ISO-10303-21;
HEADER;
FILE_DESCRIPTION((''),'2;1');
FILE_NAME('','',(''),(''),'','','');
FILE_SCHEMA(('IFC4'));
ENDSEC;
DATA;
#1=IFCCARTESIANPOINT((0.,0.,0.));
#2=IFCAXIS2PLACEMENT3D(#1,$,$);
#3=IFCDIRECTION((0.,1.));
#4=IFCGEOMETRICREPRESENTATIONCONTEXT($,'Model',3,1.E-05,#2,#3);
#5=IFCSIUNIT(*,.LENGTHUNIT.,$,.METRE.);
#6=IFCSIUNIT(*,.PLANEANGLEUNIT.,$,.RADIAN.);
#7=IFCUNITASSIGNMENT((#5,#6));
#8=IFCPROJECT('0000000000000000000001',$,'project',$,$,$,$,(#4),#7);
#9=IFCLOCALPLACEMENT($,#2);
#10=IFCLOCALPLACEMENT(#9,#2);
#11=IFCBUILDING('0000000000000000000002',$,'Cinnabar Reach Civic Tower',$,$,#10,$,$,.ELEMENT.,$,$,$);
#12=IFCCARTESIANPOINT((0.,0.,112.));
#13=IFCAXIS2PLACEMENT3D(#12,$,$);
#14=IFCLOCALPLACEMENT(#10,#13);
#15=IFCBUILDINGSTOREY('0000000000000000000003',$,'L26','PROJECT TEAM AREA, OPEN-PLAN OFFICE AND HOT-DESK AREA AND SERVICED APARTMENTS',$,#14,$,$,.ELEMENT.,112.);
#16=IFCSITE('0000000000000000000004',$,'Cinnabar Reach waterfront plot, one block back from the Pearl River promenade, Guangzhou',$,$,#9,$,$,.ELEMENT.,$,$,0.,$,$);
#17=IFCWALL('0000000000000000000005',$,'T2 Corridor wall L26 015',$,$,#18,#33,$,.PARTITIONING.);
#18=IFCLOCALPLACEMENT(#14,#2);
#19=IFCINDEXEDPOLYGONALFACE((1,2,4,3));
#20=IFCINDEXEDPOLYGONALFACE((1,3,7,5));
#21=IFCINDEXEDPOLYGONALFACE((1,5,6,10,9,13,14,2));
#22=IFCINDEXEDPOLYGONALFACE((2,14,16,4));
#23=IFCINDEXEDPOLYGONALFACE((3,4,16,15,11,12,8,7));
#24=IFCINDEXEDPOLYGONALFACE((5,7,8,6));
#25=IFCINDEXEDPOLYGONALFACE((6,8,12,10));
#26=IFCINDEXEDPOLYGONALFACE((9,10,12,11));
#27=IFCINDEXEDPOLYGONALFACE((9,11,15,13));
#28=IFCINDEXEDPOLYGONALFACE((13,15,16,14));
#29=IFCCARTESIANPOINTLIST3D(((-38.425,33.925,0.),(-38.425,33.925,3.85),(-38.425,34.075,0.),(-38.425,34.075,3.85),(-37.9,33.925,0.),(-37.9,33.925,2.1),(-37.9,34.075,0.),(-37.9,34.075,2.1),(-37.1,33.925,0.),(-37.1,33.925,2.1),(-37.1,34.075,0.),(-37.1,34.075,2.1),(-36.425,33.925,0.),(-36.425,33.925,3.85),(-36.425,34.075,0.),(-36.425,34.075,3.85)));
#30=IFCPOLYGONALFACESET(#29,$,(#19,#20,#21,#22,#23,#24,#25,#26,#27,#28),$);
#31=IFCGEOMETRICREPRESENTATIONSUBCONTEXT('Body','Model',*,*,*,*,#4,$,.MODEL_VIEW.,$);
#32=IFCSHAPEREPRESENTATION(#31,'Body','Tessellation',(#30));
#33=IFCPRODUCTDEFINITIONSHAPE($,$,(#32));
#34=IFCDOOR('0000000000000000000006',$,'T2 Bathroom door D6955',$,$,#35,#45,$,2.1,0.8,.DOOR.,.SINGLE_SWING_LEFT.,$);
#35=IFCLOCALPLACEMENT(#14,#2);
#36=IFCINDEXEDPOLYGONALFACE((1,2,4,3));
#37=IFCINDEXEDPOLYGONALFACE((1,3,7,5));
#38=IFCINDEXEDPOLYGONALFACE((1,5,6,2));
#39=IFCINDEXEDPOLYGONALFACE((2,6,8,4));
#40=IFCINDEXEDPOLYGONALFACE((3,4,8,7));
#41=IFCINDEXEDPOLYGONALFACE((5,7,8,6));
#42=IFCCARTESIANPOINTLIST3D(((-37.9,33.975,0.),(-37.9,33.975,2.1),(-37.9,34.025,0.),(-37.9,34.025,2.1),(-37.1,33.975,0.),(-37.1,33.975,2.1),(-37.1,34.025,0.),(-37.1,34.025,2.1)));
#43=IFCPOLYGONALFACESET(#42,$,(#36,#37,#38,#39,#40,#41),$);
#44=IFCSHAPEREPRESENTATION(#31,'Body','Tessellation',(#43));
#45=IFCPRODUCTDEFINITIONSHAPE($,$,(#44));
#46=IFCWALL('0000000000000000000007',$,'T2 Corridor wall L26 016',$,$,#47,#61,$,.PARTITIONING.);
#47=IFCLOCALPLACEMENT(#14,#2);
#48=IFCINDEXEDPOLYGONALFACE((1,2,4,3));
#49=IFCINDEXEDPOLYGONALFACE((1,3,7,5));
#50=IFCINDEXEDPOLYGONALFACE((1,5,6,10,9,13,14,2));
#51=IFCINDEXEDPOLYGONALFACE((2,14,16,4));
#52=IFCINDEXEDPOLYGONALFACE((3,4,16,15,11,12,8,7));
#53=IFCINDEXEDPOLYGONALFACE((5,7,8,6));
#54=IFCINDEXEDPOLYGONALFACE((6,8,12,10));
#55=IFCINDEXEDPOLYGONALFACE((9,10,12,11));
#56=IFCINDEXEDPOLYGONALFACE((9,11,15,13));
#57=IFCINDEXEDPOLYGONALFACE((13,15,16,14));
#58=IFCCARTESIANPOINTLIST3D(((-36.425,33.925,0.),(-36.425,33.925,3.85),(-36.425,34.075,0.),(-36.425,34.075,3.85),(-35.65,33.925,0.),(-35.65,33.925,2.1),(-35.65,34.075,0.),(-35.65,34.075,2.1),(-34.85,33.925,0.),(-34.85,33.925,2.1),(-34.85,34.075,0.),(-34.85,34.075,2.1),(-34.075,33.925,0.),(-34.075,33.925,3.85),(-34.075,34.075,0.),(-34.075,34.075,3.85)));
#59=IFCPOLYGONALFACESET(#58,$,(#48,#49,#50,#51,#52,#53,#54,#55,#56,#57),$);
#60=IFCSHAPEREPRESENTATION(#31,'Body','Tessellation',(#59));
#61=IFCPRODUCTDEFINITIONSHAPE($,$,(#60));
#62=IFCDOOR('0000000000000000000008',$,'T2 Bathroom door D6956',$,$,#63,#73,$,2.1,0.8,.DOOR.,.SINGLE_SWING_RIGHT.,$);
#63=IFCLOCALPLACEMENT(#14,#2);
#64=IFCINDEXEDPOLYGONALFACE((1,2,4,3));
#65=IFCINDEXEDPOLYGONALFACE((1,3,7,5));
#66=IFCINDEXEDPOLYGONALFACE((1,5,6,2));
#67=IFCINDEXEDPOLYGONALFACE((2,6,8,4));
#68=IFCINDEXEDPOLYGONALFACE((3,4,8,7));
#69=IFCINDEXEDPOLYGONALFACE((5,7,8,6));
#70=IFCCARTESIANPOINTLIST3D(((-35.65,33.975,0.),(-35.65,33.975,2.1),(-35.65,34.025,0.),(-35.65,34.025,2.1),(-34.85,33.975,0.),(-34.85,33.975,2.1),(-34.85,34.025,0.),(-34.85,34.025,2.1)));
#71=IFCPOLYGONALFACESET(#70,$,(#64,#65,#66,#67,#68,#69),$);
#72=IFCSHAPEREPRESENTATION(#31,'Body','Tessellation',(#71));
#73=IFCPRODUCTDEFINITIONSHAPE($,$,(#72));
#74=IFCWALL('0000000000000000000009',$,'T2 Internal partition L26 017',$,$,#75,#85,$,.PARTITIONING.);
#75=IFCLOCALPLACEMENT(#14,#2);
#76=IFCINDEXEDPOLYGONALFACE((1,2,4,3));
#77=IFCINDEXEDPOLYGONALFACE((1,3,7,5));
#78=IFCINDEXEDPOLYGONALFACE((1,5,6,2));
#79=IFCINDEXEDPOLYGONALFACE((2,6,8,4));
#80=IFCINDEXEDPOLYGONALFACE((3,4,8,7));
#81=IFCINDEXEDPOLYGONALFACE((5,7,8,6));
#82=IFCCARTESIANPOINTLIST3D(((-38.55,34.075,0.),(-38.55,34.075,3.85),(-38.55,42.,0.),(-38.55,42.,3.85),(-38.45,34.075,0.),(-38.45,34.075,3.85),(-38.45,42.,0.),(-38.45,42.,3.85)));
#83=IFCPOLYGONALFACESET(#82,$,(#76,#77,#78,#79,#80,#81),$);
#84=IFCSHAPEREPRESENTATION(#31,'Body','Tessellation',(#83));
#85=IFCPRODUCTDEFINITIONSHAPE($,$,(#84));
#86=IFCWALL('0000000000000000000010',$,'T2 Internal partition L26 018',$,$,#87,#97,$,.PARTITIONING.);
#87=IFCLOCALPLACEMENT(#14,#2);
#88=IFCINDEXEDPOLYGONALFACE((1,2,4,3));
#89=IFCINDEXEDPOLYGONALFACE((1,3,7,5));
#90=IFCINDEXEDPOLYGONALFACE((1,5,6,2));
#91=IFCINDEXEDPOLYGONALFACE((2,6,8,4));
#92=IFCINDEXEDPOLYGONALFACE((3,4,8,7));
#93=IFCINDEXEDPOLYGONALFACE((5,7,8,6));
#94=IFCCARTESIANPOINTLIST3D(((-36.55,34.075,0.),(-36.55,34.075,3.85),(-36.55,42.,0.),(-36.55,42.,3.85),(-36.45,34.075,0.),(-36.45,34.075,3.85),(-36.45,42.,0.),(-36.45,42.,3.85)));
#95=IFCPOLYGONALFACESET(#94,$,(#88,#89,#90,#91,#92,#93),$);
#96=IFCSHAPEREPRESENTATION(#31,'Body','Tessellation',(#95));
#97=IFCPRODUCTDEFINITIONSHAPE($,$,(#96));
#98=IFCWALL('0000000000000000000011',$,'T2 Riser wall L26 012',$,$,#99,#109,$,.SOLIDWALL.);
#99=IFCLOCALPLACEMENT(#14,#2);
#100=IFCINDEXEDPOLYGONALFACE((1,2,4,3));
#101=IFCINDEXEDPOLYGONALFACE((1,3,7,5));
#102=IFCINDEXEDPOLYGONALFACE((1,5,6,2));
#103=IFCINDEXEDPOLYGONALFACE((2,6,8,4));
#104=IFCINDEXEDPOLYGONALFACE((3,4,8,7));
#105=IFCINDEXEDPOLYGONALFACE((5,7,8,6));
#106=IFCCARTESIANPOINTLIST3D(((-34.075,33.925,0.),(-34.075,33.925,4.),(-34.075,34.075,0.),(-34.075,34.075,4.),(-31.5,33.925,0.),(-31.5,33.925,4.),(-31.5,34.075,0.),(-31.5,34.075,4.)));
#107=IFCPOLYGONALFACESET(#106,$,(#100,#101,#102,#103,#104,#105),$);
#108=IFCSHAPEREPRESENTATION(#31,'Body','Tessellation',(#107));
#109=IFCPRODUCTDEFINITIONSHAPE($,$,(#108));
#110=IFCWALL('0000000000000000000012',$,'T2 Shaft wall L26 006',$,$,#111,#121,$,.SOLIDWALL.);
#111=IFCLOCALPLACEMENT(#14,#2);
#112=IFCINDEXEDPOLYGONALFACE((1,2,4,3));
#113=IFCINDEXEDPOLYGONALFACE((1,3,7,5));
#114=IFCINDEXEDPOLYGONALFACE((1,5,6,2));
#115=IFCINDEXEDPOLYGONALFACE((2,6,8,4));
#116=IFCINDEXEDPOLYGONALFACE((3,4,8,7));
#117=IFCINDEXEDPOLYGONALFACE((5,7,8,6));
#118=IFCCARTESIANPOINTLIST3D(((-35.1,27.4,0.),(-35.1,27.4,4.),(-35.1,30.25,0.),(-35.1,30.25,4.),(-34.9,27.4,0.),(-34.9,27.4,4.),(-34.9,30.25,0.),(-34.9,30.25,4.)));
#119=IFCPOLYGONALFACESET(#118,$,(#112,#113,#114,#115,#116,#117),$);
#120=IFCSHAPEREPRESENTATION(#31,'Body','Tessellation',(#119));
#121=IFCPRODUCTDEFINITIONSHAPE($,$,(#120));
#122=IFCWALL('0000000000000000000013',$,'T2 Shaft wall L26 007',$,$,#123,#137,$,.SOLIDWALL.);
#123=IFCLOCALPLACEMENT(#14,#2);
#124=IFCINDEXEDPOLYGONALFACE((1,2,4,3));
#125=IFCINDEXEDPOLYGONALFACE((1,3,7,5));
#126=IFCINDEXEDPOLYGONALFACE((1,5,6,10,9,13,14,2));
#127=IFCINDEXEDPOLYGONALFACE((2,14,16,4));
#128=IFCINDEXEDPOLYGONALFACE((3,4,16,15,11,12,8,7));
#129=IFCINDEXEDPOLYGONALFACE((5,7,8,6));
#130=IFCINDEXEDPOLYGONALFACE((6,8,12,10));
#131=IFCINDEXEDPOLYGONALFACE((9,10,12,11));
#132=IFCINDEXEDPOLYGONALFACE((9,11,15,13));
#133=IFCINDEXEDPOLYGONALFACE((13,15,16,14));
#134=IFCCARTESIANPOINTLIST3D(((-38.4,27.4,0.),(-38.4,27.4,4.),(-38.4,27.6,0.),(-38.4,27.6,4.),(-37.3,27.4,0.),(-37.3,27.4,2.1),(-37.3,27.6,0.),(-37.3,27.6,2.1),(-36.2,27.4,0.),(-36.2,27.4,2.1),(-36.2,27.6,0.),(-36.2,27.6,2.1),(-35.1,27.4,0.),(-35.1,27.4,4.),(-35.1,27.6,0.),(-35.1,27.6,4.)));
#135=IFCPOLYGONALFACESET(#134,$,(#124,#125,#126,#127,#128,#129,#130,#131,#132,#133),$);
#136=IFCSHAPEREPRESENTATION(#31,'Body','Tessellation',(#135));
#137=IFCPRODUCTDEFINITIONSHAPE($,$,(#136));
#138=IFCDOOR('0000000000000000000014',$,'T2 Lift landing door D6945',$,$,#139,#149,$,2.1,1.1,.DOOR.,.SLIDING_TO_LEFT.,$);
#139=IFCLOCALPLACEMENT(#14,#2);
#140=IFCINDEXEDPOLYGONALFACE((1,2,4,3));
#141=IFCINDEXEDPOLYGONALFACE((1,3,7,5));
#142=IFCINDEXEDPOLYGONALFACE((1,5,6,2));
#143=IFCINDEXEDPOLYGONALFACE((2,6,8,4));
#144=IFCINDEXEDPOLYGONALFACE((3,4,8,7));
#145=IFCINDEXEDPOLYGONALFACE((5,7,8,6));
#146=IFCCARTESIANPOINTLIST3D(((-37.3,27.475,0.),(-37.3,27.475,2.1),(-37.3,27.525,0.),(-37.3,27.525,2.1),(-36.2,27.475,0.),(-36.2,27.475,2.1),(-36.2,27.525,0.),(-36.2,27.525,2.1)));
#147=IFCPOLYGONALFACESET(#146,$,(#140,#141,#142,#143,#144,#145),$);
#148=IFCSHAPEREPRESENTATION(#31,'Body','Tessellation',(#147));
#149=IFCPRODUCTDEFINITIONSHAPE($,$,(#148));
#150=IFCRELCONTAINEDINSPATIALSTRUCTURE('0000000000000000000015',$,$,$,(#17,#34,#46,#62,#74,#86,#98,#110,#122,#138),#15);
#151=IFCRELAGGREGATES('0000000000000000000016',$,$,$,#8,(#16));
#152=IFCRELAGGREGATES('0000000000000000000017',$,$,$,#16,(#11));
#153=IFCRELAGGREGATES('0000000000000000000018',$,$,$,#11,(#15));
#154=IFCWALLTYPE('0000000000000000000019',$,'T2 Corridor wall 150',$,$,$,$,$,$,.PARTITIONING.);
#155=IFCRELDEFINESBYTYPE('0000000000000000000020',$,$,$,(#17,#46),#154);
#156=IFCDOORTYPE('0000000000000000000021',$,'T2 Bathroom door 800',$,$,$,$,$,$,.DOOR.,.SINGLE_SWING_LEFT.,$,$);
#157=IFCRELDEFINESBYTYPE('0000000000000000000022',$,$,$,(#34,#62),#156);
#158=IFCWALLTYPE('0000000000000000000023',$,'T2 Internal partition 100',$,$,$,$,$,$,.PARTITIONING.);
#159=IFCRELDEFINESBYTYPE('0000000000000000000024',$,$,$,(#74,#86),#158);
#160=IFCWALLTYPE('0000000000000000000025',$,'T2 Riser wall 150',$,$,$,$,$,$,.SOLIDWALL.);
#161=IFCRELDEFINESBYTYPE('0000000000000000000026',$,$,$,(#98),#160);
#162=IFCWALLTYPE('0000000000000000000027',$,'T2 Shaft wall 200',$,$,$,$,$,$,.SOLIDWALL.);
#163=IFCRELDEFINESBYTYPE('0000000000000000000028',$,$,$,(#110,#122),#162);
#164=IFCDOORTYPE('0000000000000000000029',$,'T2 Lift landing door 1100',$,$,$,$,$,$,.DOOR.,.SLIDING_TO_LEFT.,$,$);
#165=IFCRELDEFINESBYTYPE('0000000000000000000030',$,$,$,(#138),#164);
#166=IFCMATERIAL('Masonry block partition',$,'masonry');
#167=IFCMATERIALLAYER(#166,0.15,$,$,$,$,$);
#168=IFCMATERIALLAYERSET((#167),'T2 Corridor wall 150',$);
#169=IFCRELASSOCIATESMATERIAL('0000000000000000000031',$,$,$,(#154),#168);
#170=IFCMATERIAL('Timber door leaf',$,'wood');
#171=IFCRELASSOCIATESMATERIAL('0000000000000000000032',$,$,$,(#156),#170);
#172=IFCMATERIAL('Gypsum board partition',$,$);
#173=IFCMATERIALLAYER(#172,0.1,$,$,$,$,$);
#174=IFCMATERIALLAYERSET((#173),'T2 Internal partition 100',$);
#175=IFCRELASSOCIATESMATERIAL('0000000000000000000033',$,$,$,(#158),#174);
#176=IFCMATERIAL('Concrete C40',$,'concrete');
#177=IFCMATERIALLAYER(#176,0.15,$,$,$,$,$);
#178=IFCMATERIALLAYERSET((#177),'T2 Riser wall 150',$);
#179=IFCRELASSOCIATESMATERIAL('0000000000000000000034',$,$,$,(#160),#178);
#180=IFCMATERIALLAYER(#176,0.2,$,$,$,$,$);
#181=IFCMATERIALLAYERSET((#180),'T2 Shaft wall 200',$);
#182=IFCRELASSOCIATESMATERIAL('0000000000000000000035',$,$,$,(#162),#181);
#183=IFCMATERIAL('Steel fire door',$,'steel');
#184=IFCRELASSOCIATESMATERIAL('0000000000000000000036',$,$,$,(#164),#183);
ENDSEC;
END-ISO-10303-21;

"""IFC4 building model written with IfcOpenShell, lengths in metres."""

from ifc_helpers import new_model, si_unit, direction, frame, frame_2d, origin, place, context, subcontext, project, spatial, rectangle, extrude, material, layer, layer_set, type_object, element, fill, save


model = new_model("IFC4")

# Units and contexts
model_context = context("Model", 3, precision=1e-05, world=origin(), true_north=direction((0.0, 1.0)))
body_context = subcontext(model_context, "Body", "Model", "MODEL_VIEW")
ifc_project = project(units=[si_unit("LENGTHUNIT", "METRE"), si_unit("PLANEANGLEUNIT", "RADIAN")], contexts=[model_context])

# Site, building, storey
site_placement = place(None, origin())
site = spatial("IfcSite", under=ifc_project, at=site_placement, Name="Cinnabar Reach waterfront plot, one block back from the Pearl River promenade, Guangzhou", CompositionType="ELEMENT", RefElevation=0.0)
building_placement = place(site_placement, origin())
building = spatial("IfcBuilding", under=site, at=building_placement, Name="Cinnabar Reach Civic Tower", CompositionType="ELEMENT")
storey_placement = place(building_placement, frame((0.0, 0.0, 112.0)))
storey = spatial("IfcBuildingStorey", under=building, at=storey_placement, Name="L26", Description="PROJECT TEAM AREA, OPEN-PLAN OFFICE AND HOT-DESK AREA AND SERVICED APARTMENTS", CompositionType="ELEMENT", Elevation=112.0)

# Walls, openings, doors
ifc_material_1 = material(Name="Steel fire door", Category="steel")
ifc_material_2 = material(Name="Masonry block partition", Category="masonry")
ifc_layer_1 = layer(ifc_material_2, 0.15)
ifc_layer_set_1 = layer_set([ifc_layer_1], Name="T2 Corridor wall 150")
wall_type_1 = type_object("IfcWallType", Name="T2 Corridor wall 150", PredefinedType="PARTITIONING", material=ifc_layer_set_1)
ifc_material_3 = material(Name="Timber door leaf", Category="wood")
door_type_1 = type_object("IfcDoorType", Name="T2 Bathroom door 800", OperationType="SINGLE_SWING_LEFT", PredefinedType="DOOR", material=ifc_material_3)
wall_1_placement = place(storey_placement, frame((-36.425, 34.0, 0.0), z_axis=(0.0, 0.0, 1.0), x_axis=(-1.0, 0.0, 0.0)))
wall_1 = element("IfcWall", 1, at=wall_1_placement, inside=storey, type_object=wall_type_1, Name="T2 Corridor wall L26 015", PredefinedType="PARTITIONING", context=body_context, shape_type="SweptSolid", body=[
    extrude(rectangle(XDim=2.0, YDim=0.15, at=frame_2d((1.0, 0.0))), origin(), (0.0, 0.0, 1.0), 3.85),
])
opening_1_placement = place(wall_1_placement, frame((0.675, 0.0, 0.0)))
opening_1 = element("IfcOpeningElement", 2, at=opening_1_placement, cuts=wall_1, PredefinedType="OPENING", context=body_context, shape_type="SweptSolid", body=[
    extrude(rectangle(XDim=0.8, YDim=2.1, at=frame_2d((0.4, 1.05))), frame((0.0, 0.085, 0.0), z_axis=(0.0, -1.0, 0.0), x_axis=(1.0, 0.0, 0.0)), (0.0, 0.0, 1.0), 0.17),
])
door_1_placement = place(opening_1_placement, frame((0.8, 0.0, 0.0), z_axis=(0.0, 0.0, 1.0), x_axis=(-1.0, 0.0, 0.0)))
door_1 = element("IfcDoor", 3, at=door_1_placement, inside=storey, type_object=door_type_1, Name="T2 Bathroom door D6955", OperationType="SINGLE_SWING_LEFT", OverallHeight=2.1, OverallWidth=0.8, PredefinedType="DOOR", context=body_context, shape_type="SweptSolid", body=[
    extrude(rectangle(XDim=0.8, YDim=2.1, at=frame_2d((0.4, 1.05))), frame((0.0, 0.025, 0.0), z_axis=(0.0, -1.0, 0.0), x_axis=(1.0, 0.0, 0.0)), (0.0, 0.0, 1.0), 0.05),
])
fill(opening_1, door_1)
wall_2_placement = place(storey_placement, frame((-34.075, 34.0, 0.0), z_axis=(0.0, 0.0, 1.0), x_axis=(-1.0, 0.0, 0.0)))
wall_2 = element("IfcWall", 4, at=wall_2_placement, inside=storey, type_object=wall_type_1, Name="T2 Corridor wall L26 016", PredefinedType="PARTITIONING", context=body_context, shape_type="SweptSolid", body=[
    extrude(rectangle(XDim=2.35, YDim=0.15, at=frame_2d((1.175, 0.0))), origin(), (0.0, 0.0, 1.0), 3.85),
])
opening_2_placement = place(wall_2_placement, frame((0.775, 0.0, 0.0)))
opening_2 = element("IfcOpeningElement", 5, at=opening_2_placement, cuts=wall_2, PredefinedType="OPENING", context=body_context, shape_type="SweptSolid", body=[
    extrude(rectangle(XDim=0.8, YDim=2.1, at=frame_2d((0.4, 1.05))), frame((0.0, 0.085, 0.0), z_axis=(0.0, -1.0, 0.0), x_axis=(1.0, 0.0, 0.0)), (0.0, 0.0, 1.0), 0.17),
])
door_2_placement = place(opening_2_placement, frame((0.8, 0.0, 0.0), z_axis=(0.0, 0.0, 1.0), x_axis=(-1.0, 0.0, 0.0)))
door_2 = element("IfcDoor", 6, at=door_2_placement, inside=storey, type_object=door_type_1, Name="T2 Bathroom door D6956", OperationType="SINGLE_SWING_RIGHT", OverallHeight=2.1, OverallWidth=0.8, PredefinedType="DOOR", context=body_context, shape_type="SweptSolid", body=[
    extrude(rectangle(XDim=0.8, YDim=2.1, at=frame_2d((0.4, 1.05))), frame((0.0, 0.025, 0.0), z_axis=(0.0, -1.0, 0.0), x_axis=(1.0, 0.0, 0.0)), (0.0, 0.0, 1.0), 0.05),
])
fill(opening_2, door_2)

# Walls
ifc_material_4 = material(Name="Gypsum board partition")
ifc_layer_2 = layer(ifc_material_4, 0.1)
ifc_layer_set_2 = layer_set([ifc_layer_2], Name="T2 Internal partition 100")
wall_type_2 = type_object("IfcWallType", Name="T2 Internal partition 100", PredefinedType="PARTITIONING", material=ifc_layer_set_2)
for number, where, z_axis, x_axis, name in (
    (7, (-38.5, 34.075, 0.0), (0.0, 0.0, 1.0), (0.0, 1.0, 0.0), "T2 Internal partition L26 017"),
    (8, (-36.5, 34.075, 0.0), (0.0, 0.0, 1.0), (0.0, 1.0, 0.0), "T2 Internal partition L26 018"),
):
    element("IfcWall", number, at=place(storey_placement, frame(where, z_axis=z_axis, x_axis=x_axis)), inside=storey, type_object=wall_type_2, Name=name, PredefinedType="PARTITIONING", context=body_context, shape_type="SweptSolid", body=[
        extrude(rectangle(XDim=7.925, YDim=0.1, at=frame_2d((3.9625, 0.0))), origin(), (0.0, 0.0, 1.0), 3.85),
    ])
ifc_material_5 = material(Name="Concrete C40", Category="concrete")
ifc_layer_3 = layer(ifc_material_5, 0.15)
ifc_layer_set_3 = layer_set([ifc_layer_3], Name="T2 Riser wall 150")
wall_type_3 = type_object("IfcWallType", Name="T2 Riser wall 150", PredefinedType="SOLIDWALL", material=ifc_layer_set_3)
wall_3_placement = place(storey_placement, frame((-34.075, 34.0, 0.0), z_axis=(0.0, 0.0, 1.0), x_axis=(1.0, 0.0, 0.0)))
element("IfcWall", 9, at=wall_3_placement, inside=storey, type_object=wall_type_3, Name="T2 Riser wall L26 012", PredefinedType="SOLIDWALL", context=body_context, shape_type="SweptSolid", body=[
    extrude(rectangle(XDim=2.575, YDim=0.15, at=frame_2d((1.2875, 0.0))), origin(), (0.0, 0.0, 1.0), 4.0),
])
ifc_layer_4 = layer(ifc_material_5, 0.2)
ifc_layer_set_4 = layer_set([ifc_layer_4], Name="T2 Shaft wall 200")
wall_type_4 = type_object("IfcWallType", Name="T2 Shaft wall 200", PredefinedType="SOLIDWALL", material=ifc_layer_set_4)
wall_4_placement = place(storey_placement, frame((-35.0, 27.4, 0.0), z_axis=(0.0, 0.0, 1.0), x_axis=(0.0, 1.0, 0.0)))
element("IfcWall", 10, at=wall_4_placement, inside=storey, type_object=wall_type_4, Name="T2 Shaft wall L26 006", PredefinedType="SOLIDWALL", context=body_context, shape_type="SweptSolid", body=[
    extrude(rectangle(XDim=2.85, YDim=0.2, at=frame_2d((1.425, 0.0))), origin(), (0.0, 0.0, 1.0), 4.0),
])

# Wall, opening, door
wall_5_placement = place(storey_placement, frame((-38.4, 27.5, 0.0), z_axis=(0.0, 0.0, 1.0), x_axis=(1.0, 0.0, 0.0)))
wall_5 = element("IfcWall", 11, at=wall_5_placement, inside=storey, type_object=wall_type_4, Name="T2 Shaft wall L26 007", PredefinedType="SOLIDWALL", context=body_context, shape_type="SweptSolid", body=[
    extrude(rectangle(XDim=3.3, YDim=0.2, at=frame_2d((1.65, 0.0))), origin(), (0.0, 0.0, 1.0), 4.0),
])
opening_3_placement = place(wall_5_placement, frame((1.1, 0.0, 0.0)))
opening_3 = element("IfcOpeningElement", 12, at=opening_3_placement, cuts=wall_5, PredefinedType="OPENING", context=body_context, shape_type="SweptSolid", body=[
    extrude(rectangle(XDim=1.1, YDim=2.1, at=frame_2d((0.55, 1.05))), frame((0.0, 0.11, 0.0), z_axis=(0.0, -1.0, 0.0), x_axis=(1.0, 0.0, 0.0)), (0.0, 0.0, 1.0), 0.22),
])
door_type_2 = type_object("IfcDoorType", Name="T2 Lift landing door 1100", OperationType="SLIDING_TO_LEFT", PredefinedType="DOOR", material=ifc_material_1)
door_3_placement = place(opening_3_placement, origin())
door_3 = element("IfcDoor", 13, at=door_3_placement, inside=storey, type_object=door_type_2, Name="T2 Lift landing door D6945", OperationType="SLIDING_TO_LEFT", OverallHeight=2.1, OverallWidth=1.1, PredefinedType="DOOR", context=body_context, shape_type="SweptSolid", body=[
    extrude(rectangle(XDim=1.1, YDim=2.1, at=frame_2d((0.55, 1.05))), frame((0.0, 0.025, 0.0), z_axis=(0.0, -1.0, 0.0), x_axis=(1.0, 0.0, 0.0)), (0.0, 0.0, 1.0), 0.05),
])
fill(opening_3, door_3)

save(model, "model.ifc")
